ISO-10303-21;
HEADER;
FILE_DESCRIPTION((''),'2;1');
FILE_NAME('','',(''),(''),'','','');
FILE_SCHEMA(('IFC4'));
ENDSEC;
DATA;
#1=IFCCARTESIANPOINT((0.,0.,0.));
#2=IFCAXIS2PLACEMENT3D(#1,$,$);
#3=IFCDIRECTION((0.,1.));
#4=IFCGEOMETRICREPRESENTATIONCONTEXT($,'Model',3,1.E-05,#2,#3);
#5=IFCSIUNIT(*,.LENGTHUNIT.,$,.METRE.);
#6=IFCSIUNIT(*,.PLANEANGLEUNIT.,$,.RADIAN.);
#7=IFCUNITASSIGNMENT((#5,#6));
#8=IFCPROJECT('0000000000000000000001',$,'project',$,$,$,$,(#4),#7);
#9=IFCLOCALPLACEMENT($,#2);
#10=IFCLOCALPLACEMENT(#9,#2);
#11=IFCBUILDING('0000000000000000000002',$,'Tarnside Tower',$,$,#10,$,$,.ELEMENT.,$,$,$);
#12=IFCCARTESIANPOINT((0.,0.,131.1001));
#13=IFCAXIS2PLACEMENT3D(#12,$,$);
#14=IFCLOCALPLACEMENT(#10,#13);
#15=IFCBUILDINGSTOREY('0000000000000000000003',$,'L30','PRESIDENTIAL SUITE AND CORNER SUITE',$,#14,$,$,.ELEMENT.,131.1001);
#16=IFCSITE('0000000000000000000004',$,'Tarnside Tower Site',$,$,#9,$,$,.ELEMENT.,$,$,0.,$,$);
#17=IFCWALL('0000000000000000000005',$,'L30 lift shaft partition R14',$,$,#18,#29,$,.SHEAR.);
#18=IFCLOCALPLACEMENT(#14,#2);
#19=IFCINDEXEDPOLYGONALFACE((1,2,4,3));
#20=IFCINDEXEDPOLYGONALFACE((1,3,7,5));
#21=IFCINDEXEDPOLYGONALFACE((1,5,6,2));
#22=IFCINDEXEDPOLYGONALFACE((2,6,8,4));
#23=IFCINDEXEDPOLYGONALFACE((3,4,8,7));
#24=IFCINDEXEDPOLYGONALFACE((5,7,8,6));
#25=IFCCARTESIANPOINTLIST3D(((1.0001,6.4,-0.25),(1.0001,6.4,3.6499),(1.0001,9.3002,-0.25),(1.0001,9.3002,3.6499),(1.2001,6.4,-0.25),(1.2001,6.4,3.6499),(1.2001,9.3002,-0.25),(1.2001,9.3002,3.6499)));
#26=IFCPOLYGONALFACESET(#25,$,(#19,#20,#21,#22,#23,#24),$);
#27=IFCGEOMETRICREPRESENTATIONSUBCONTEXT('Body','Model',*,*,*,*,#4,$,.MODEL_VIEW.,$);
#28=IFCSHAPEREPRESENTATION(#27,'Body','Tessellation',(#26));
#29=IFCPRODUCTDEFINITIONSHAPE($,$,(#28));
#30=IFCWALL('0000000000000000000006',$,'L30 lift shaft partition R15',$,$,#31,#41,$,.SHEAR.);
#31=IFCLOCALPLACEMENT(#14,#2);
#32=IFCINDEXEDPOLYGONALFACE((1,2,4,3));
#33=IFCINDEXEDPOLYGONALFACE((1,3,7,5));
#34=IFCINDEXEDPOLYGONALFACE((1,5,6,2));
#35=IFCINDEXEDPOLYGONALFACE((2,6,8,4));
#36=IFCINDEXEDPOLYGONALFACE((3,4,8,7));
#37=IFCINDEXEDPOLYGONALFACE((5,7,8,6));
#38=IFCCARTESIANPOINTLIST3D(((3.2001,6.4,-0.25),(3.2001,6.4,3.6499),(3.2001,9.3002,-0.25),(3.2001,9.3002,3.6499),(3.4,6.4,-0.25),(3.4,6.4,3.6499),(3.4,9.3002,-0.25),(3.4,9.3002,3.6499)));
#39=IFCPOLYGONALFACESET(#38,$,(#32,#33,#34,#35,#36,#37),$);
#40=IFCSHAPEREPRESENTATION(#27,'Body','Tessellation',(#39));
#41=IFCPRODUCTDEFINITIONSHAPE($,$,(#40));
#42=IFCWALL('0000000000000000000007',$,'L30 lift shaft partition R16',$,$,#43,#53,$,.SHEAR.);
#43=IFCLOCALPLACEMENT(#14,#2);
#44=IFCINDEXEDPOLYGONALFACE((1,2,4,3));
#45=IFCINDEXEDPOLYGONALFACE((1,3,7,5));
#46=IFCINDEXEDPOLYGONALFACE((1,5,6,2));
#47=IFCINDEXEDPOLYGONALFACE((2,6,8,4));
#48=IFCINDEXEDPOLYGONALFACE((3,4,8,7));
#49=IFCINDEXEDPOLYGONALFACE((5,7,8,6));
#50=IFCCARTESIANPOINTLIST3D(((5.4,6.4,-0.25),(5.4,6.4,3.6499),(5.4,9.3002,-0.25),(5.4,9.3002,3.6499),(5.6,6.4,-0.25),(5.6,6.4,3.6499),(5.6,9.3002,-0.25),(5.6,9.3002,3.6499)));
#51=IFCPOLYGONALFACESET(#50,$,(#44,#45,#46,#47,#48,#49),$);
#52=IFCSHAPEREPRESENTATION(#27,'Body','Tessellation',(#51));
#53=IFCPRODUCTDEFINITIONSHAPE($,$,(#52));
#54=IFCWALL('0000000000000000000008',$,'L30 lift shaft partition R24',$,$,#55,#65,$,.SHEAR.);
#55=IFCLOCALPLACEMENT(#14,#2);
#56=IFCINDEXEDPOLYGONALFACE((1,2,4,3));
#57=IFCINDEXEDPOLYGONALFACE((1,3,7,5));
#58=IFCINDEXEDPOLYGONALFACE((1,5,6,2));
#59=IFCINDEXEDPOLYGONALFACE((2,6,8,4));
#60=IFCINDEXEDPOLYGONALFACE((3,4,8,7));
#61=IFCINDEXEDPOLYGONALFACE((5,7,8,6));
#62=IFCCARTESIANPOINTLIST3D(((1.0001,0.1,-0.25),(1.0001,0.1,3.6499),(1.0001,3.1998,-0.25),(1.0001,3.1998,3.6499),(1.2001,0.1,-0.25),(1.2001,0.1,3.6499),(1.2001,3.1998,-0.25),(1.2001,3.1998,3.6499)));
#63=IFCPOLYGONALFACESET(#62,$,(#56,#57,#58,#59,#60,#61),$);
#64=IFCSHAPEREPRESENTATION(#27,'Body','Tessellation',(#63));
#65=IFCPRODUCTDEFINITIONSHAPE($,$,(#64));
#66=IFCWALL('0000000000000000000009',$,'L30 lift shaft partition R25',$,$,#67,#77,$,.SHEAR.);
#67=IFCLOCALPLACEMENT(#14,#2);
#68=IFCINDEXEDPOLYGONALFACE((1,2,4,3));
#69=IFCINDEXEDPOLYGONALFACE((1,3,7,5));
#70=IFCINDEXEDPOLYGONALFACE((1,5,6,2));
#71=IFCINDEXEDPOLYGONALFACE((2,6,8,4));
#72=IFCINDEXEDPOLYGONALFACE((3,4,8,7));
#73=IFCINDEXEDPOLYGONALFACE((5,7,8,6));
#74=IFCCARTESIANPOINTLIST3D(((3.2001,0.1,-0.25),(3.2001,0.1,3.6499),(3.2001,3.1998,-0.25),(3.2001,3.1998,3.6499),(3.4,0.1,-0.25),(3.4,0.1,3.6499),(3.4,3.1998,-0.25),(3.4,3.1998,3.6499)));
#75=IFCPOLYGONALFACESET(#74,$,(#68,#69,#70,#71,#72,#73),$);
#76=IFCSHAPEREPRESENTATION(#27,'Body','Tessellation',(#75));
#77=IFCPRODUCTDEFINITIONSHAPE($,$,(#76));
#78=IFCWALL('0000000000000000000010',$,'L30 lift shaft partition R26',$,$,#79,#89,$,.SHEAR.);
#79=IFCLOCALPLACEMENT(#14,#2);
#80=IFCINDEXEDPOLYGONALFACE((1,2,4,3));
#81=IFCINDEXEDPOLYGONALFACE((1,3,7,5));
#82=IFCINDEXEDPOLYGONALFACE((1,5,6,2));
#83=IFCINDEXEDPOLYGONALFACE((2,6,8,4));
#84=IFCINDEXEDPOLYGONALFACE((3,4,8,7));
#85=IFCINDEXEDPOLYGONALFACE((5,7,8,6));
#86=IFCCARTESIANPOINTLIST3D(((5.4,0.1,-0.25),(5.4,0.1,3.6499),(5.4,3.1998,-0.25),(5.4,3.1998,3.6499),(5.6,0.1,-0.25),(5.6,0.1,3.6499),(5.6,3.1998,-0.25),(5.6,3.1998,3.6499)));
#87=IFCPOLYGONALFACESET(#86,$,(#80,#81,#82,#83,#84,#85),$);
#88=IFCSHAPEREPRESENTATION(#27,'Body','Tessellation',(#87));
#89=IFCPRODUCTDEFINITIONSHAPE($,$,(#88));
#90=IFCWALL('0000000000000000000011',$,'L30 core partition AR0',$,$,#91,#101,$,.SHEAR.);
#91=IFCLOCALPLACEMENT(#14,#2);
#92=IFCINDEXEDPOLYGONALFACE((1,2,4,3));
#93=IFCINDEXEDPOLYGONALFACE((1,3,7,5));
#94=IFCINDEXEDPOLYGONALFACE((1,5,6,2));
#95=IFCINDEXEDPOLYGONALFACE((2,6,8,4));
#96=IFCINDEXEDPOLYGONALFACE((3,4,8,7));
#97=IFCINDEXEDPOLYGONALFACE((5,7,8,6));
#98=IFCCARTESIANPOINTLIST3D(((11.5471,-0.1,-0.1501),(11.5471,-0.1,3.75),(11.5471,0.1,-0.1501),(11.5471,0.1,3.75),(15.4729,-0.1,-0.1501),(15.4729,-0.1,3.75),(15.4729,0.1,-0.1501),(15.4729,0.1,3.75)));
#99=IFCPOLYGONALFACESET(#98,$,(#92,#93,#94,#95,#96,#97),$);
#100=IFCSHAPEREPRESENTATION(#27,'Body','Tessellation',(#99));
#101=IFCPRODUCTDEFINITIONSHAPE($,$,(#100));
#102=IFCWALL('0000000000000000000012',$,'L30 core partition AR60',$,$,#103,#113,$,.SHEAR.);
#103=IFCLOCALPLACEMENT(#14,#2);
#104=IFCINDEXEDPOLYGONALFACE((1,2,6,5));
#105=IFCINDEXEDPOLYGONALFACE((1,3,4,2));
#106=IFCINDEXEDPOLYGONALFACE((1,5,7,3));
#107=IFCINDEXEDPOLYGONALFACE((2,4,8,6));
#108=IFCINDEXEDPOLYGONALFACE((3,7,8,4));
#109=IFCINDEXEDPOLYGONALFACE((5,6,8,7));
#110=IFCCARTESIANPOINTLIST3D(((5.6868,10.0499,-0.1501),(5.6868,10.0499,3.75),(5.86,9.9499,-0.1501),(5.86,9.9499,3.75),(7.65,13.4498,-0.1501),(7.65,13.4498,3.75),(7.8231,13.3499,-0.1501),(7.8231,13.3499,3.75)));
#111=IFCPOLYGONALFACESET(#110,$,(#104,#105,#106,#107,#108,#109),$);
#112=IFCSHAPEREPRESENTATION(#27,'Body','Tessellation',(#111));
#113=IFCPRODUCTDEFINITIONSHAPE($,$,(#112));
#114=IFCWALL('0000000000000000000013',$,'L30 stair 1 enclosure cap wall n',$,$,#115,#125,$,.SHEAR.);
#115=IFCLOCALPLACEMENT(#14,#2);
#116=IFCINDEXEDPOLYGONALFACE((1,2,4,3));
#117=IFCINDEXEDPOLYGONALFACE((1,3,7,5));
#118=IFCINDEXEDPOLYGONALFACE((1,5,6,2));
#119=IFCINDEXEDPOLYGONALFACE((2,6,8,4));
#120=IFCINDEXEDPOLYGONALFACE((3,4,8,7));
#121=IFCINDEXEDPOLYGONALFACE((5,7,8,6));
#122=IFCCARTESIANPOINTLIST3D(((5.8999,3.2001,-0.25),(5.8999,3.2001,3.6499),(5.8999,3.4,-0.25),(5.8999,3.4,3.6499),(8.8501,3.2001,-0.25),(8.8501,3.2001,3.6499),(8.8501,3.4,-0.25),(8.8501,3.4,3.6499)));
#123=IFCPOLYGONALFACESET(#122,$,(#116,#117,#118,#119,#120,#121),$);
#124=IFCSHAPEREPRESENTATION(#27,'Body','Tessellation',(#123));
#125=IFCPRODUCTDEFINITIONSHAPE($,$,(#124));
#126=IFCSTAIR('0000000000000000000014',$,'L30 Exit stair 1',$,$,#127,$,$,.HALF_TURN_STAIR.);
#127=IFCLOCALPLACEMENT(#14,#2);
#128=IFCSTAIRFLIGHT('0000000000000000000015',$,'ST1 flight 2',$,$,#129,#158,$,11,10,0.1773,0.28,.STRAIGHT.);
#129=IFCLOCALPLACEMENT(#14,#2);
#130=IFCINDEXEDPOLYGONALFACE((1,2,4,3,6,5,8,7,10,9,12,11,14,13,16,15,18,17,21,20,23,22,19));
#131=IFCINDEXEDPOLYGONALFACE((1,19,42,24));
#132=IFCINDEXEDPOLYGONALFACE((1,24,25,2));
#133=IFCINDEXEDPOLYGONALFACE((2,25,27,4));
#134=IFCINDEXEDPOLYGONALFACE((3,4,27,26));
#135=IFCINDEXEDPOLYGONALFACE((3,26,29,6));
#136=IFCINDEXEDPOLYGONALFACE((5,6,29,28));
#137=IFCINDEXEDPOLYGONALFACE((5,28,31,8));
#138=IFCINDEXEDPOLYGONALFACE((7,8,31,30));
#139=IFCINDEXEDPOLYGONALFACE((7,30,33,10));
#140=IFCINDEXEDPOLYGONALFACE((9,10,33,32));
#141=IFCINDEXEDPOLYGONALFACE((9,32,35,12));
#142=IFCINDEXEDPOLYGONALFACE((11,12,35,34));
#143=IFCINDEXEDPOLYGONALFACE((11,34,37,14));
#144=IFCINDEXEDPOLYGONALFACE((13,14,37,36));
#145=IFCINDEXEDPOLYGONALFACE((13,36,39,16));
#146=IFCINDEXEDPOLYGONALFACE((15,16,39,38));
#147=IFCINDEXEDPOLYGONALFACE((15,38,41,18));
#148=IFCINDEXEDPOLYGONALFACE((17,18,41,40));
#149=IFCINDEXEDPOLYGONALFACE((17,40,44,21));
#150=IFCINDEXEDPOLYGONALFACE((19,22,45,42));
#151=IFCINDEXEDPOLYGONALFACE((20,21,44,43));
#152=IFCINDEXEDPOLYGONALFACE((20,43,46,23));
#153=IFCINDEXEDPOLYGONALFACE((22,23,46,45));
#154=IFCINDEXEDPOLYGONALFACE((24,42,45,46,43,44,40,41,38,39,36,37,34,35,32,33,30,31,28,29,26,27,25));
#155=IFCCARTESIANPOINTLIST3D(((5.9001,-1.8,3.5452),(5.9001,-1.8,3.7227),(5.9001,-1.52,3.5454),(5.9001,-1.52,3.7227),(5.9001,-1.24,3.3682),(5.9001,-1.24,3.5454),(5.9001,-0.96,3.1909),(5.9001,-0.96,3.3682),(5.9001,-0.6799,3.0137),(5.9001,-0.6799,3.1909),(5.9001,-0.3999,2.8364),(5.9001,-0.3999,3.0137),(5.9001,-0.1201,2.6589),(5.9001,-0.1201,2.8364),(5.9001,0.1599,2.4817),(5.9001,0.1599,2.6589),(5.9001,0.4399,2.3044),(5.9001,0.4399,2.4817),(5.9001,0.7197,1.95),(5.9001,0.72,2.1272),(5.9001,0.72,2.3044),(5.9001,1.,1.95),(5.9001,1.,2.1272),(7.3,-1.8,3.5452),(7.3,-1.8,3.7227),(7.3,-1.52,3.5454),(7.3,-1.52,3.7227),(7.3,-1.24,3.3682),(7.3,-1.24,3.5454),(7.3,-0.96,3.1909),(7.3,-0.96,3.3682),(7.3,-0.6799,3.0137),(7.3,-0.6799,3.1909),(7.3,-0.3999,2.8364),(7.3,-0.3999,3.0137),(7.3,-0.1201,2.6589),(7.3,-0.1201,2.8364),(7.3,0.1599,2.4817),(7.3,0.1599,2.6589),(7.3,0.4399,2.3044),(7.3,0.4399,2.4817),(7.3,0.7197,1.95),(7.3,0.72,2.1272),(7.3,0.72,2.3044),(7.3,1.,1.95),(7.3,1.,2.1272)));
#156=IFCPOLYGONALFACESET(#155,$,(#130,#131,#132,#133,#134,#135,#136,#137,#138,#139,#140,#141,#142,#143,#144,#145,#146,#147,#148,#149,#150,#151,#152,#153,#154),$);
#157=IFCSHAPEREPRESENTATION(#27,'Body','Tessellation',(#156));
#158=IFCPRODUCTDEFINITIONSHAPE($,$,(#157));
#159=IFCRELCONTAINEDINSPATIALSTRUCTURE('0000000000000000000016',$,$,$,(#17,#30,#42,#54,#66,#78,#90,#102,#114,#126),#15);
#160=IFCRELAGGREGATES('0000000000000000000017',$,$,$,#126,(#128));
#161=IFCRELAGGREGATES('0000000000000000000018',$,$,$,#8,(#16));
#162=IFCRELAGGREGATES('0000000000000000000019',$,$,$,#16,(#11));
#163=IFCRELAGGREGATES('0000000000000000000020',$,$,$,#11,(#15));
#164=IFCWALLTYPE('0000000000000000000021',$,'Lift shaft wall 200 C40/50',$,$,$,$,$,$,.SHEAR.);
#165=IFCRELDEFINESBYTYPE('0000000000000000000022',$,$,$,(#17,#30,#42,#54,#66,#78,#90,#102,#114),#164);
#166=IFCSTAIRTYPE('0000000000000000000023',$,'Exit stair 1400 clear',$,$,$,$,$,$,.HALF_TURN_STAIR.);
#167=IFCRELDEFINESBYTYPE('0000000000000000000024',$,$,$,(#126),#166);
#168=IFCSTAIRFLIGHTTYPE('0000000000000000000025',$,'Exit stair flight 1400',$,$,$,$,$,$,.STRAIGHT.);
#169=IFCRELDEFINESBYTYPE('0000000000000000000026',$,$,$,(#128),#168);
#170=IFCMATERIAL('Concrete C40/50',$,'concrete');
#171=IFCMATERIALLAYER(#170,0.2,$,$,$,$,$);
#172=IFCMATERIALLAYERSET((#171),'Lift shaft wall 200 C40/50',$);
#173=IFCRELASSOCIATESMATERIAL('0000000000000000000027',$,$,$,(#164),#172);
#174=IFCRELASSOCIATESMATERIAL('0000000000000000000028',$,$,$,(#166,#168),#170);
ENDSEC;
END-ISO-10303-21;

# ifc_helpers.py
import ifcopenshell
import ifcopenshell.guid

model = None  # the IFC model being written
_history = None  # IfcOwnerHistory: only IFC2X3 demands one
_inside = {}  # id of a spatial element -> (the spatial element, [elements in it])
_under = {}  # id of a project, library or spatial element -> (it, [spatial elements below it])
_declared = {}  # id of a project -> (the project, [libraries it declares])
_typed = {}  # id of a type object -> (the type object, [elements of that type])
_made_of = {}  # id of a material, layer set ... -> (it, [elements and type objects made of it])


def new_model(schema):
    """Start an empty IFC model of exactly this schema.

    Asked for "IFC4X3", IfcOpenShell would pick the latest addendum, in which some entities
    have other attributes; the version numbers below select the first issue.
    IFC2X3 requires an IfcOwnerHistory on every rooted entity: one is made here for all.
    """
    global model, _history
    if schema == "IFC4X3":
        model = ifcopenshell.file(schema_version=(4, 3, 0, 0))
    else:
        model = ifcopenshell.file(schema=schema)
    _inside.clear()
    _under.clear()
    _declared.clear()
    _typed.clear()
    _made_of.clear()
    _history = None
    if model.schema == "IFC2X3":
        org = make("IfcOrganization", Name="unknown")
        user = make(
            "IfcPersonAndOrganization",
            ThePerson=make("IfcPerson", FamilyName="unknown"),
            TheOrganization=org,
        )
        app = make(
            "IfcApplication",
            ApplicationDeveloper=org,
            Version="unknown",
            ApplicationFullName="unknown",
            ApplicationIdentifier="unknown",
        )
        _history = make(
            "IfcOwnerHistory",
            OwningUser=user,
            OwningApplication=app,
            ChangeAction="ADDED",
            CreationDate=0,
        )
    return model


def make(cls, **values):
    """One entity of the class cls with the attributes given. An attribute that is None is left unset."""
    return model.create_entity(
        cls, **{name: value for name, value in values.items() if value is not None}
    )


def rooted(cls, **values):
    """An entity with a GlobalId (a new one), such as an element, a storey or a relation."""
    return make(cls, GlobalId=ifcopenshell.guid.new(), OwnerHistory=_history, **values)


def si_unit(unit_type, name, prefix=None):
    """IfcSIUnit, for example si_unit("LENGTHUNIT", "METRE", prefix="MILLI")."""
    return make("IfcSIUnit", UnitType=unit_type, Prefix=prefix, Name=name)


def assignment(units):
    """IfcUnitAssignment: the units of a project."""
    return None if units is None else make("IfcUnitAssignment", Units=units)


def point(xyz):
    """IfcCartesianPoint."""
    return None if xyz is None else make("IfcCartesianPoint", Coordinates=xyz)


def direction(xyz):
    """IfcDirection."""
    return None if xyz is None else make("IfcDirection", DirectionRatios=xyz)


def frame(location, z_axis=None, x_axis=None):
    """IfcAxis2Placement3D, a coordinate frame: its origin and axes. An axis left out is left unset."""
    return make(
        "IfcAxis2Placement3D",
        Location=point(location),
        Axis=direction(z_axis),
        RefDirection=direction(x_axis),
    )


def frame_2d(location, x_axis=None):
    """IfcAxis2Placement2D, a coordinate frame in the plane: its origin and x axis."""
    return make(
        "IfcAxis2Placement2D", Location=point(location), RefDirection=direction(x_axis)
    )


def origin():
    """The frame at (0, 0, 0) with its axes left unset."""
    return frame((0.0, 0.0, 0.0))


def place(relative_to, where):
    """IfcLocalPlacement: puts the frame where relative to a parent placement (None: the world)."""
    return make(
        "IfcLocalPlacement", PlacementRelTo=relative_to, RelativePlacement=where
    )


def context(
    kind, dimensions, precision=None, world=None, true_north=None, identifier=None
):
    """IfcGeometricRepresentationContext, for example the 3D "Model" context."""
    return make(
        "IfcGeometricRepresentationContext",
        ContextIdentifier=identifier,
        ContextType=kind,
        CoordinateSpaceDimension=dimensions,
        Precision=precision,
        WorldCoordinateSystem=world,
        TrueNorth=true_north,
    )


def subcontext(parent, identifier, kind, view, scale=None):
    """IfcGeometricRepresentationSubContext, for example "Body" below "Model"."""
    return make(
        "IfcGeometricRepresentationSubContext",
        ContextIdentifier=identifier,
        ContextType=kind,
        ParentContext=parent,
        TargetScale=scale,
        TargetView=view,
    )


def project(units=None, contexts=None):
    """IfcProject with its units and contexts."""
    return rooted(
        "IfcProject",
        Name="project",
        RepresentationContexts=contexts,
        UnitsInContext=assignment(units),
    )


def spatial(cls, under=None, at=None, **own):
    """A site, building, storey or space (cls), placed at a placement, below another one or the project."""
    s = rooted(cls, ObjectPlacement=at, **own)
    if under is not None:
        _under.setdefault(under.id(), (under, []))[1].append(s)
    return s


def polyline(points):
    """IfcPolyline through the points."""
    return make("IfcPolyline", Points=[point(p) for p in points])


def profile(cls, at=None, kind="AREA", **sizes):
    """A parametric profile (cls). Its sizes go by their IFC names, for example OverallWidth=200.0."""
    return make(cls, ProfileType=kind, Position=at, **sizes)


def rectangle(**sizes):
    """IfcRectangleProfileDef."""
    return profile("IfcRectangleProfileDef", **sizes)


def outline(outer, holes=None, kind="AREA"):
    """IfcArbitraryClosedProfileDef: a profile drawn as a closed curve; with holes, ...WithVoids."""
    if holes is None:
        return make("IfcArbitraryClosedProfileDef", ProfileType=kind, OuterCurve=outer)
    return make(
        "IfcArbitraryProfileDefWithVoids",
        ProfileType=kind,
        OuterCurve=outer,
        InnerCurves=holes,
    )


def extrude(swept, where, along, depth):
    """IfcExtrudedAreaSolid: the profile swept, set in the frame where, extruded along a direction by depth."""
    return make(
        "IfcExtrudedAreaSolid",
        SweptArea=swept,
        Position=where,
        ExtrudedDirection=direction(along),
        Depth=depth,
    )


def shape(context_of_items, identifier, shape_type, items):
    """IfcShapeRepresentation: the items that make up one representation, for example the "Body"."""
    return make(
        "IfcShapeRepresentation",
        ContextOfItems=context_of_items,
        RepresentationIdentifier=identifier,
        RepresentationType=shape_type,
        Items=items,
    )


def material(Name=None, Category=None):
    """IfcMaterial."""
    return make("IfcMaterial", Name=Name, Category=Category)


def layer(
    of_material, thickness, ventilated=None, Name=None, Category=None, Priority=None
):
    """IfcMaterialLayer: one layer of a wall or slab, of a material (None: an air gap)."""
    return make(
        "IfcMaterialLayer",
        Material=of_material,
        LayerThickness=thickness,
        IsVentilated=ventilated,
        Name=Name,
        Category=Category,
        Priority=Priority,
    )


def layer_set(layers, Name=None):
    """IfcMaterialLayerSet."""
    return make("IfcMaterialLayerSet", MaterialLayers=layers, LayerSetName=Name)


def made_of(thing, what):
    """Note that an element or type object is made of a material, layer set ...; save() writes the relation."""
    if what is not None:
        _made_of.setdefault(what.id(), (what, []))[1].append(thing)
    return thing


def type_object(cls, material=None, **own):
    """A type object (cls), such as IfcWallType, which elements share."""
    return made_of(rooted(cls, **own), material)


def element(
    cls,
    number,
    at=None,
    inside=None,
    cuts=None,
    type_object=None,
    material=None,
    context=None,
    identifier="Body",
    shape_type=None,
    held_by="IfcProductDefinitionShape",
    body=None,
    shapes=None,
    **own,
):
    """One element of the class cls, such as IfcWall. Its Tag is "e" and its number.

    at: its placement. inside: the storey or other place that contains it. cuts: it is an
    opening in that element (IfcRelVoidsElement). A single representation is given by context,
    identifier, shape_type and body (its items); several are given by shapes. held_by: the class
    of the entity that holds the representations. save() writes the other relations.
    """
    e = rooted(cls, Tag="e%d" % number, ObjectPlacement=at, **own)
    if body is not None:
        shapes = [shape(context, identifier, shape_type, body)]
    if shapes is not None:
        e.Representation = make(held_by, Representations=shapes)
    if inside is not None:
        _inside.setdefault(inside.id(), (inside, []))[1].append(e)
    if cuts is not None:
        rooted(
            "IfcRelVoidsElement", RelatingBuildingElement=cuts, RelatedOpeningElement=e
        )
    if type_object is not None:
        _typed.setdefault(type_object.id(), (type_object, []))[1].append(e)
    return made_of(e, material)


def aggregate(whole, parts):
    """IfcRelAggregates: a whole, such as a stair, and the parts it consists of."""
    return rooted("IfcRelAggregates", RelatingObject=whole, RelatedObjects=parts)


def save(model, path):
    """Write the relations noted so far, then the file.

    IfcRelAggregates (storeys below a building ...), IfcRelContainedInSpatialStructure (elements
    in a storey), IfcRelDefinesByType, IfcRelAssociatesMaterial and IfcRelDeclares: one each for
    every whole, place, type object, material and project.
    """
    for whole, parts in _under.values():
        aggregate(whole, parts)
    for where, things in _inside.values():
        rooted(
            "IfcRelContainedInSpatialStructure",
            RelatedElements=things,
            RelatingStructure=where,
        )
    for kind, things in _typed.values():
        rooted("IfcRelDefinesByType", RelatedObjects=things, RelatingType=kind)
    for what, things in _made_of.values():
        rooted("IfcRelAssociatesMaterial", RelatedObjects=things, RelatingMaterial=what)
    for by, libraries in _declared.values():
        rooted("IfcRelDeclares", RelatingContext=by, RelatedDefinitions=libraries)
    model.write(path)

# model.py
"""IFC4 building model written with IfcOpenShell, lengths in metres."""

from ifc_helpers import new_model, si_unit, direction, frame, frame_2d, origin, place, context, subcontext, project, spatial, polyline, rectangle, outline, extrude, material, layer, layer_set, type_object, element, aggregate, save


model = new_model("IFC4")

# Units and contexts
model_context = context("Model", 3, precision=1e-05, world=origin(), true_north=direction((0.0, 1.0)))
body_context = subcontext(model_context, "Body", "Model", "MODEL_VIEW")
ifc_project = project(units=[si_unit("LENGTHUNIT", "METRE"), si_unit("PLANEANGLEUNIT", "RADIAN")], contexts=[model_context])

# Site, building, storey
site_placement = place(None, origin())
site = spatial("IfcSite", under=ifc_project, at=site_placement, Name="Tarnside Tower Site", CompositionType="ELEMENT", RefElevation=0.0)
building_placement = place(site_placement, origin())
building = spatial("IfcBuilding", under=site, at=building_placement, Name="Tarnside Tower", CompositionType="ELEMENT")
storey_placement = place(building_placement, frame((0.0, 0.0, 131.1001)))
storey = spatial("IfcBuildingStorey", under=building, at=storey_placement, Name="L30", Description="PRESIDENTIAL SUITE AND CORNER SUITE", CompositionType="ELEMENT", Elevation=131.1001)

# Walls
ifc_material_1 = material(Name="Concrete C40/50", Category="concrete")
ifc_layer_1 = layer(ifc_material_1, 0.2)
ifc_layer_set_1 = layer_set([ifc_layer_1], Name="Lift shaft wall 200 C40/50")
wall_type_1 = type_object("IfcWallType", Name="Lift shaft wall 200 C40/50", PredefinedType="SHEAR", material=ifc_layer_set_1)
for number, where, z_axis, x_axis, name in (
    (1, (1.1001, 6.3999, -0.25), (0.0, 0.0, 1.0), (0.0, 1.0, 0.0), "L30 lift shaft partition R14"),
    (2, (3.3, 6.3999, -0.25), (0.0, 0.0, 1.0), (0.0, 1.0, 0.0), "L30 lift shaft partition R15"),
    (3, (5.5, 6.3999, -0.25), (0.0, 0.0, 1.0), (0.0, 1.0, 0.0), "L30 lift shaft partition R16"),
):
    element("IfcWall", number, at=place(storey_placement, frame(where, z_axis=z_axis, x_axis=x_axis)), inside=storey, type_object=wall_type_1, Name=name, PredefinedType="SHEAR", context=body_context, shape_type="SweptSolid", body=[
        extrude(rectangle(XDim=2.9001, YDim=0.2, at=frame_2d((1.4502, 0.0))), origin(), (0.0, 0.0, 1.0), 3.8999),
    ])
for number, where, z_axis, x_axis, name in (
    (4, (1.1001, 0.1001, -0.25), (0.0, 0.0, 1.0), (0.0, 1.0, 0.0), "L30 lift shaft partition R24"),
    (5, (3.3, 0.1001, -0.25), (0.0, 0.0, 1.0), (0.0, 1.0, 0.0), "L30 lift shaft partition R25"),
    (6, (5.5, 0.1001, -0.25), (0.0, 0.0, 1.0), (0.0, 1.0, 0.0), "L30 lift shaft partition R26"),
):
    element("IfcWall", number, at=place(storey_placement, frame(where, z_axis=z_axis, x_axis=x_axis)), inside=storey, type_object=wall_type_1, Name=name, PredefinedType="SHEAR", context=body_context, shape_type="SweptSolid", body=[
        extrude(rectangle(XDim=3.0999, YDim=0.2, at=frame_2d((1.5498, 0.0))), origin(), (0.0, 0.0, 1.0), 3.8999),
    ])
wall_1_placement = place(storey_placement, frame((11.5471, 0.0, -0.1501), z_axis=(0.0, 0.0, 1.0), x_axis=(1.0, 0.0, 0.0)))
element("IfcWall", 7, at=wall_1_placement, inside=storey, type_object=wall_type_1, Name="L30 core partition AR0", PredefinedType="SHEAR", context=body_context, shape_type="SweptSolid", body=[
    extrude(rectangle(XDim=3.9258, YDim=0.2, at=frame_2d((1.9629, 0.0))), origin(), (0.0, 0.0, 1.0), 3.9001),
])
wall_2_placement = place(storey_placement, frame((5.7734, 10.0, -0.1501), z_axis=(0.0, 0.0, 1.0), x_axis=(0.500038, 0.866003, 0.0)))
element("IfcWall", 8, at=wall_2_placement, inside=storey, type_object=wall_type_1, Name="L30 core partition AR60", PredefinedType="SHEAR", context=body_context, shape_type="SweptSolid", body=[
    extrude(rectangle(XDim=3.926, YDim=0.2, at=frame_2d((1.9629, 0.0))), origin(), (0.0, 0.0, 1.0), 3.9001),
])
wall_3_placement = place(storey_placement, frame((5.8999, 3.3, -0.25), z_axis=(0.0, 0.0, 1.0), x_axis=(1.0, 0.0, 0.0)))
element("IfcWall", 9, at=wall_3_placement, inside=storey, type_object=wall_type_1, Name="L30 stair 1 enclosure cap wall n", PredefinedType="SHEAR", context=body_context, shape_type="SweptSolid", body=[
    extrude(rectangle(XDim=2.9502, YDim=0.2, at=frame_2d((1.4751, 0.0))), origin(), (0.0, 0.0, 1.0), 3.8999),
])

# Stair, stair flight
stair_type = type_object("IfcStairType", Name="Exit stair 1400 clear", PredefinedType="HALF_TURN_STAIR", material=ifc_material_1)
stair_placement = place(storey_placement, origin())
stair = element("IfcStair", 10, at=stair_placement, inside=storey, type_object=stair_type, Name="L30 Exit stair 1", PredefinedType="HALF_TURN_STAIR")
stair_flight_type = type_object("IfcStairFlightType", Name="Exit stair flight 1400", PredefinedType="STRAIGHT", material=ifc_material_1)
stair_flight_placement = place(storey_placement, frame((6.6001, 1.0, 1.95), z_axis=(0.0, 0.0, 1.0), x_axis=(0.0, -1.0, 0.0)))
stair_flight = element("IfcStairFlight", 11, at=stair_flight_placement, type_object=stair_flight_type, Name="ST1 flight 2", NumberOfRisers=11, NumberOfTreads=10, PredefinedType="STRAIGHT", RiserHeight=0.1773, TreadLength=0.28, context=body_context, shape_type="SweptSolid", body=[
    extrude(outline(polyline([(0.0, 0.0), (0.0, 0.1772), (0.28, 0.1772), (0.28, 0.3545), (0.5601, 0.3545), (0.5601, 0.5317), (0.8401, 0.5317), (0.8401, 0.709), (1.1201, 0.709), (1.1201, 0.8865), (1.3999, 0.8865), (1.3999, 1.0637), (1.6799, 1.0637), (1.6799, 1.241), (1.96, 1.241), (1.96, 1.4182), (2.24, 1.4182), (2.24, 1.5955), (2.52, 1.5955), (2.52, 1.7727), (2.8, 1.7727), (2.8, 1.95), (2.8, 1.5952), (0.2803, 0.0), (0.0, 0.0)])), frame((0.0, 0.7, 0.0), z_axis=(0.0, -1.0, 0.0), x_axis=(1.0, 0.0, 0.0)), (0.0, 0.0, 1.0), 1.3999),
])
aggregate(stair, [stair_flight])

save(model, "model.ifc")
